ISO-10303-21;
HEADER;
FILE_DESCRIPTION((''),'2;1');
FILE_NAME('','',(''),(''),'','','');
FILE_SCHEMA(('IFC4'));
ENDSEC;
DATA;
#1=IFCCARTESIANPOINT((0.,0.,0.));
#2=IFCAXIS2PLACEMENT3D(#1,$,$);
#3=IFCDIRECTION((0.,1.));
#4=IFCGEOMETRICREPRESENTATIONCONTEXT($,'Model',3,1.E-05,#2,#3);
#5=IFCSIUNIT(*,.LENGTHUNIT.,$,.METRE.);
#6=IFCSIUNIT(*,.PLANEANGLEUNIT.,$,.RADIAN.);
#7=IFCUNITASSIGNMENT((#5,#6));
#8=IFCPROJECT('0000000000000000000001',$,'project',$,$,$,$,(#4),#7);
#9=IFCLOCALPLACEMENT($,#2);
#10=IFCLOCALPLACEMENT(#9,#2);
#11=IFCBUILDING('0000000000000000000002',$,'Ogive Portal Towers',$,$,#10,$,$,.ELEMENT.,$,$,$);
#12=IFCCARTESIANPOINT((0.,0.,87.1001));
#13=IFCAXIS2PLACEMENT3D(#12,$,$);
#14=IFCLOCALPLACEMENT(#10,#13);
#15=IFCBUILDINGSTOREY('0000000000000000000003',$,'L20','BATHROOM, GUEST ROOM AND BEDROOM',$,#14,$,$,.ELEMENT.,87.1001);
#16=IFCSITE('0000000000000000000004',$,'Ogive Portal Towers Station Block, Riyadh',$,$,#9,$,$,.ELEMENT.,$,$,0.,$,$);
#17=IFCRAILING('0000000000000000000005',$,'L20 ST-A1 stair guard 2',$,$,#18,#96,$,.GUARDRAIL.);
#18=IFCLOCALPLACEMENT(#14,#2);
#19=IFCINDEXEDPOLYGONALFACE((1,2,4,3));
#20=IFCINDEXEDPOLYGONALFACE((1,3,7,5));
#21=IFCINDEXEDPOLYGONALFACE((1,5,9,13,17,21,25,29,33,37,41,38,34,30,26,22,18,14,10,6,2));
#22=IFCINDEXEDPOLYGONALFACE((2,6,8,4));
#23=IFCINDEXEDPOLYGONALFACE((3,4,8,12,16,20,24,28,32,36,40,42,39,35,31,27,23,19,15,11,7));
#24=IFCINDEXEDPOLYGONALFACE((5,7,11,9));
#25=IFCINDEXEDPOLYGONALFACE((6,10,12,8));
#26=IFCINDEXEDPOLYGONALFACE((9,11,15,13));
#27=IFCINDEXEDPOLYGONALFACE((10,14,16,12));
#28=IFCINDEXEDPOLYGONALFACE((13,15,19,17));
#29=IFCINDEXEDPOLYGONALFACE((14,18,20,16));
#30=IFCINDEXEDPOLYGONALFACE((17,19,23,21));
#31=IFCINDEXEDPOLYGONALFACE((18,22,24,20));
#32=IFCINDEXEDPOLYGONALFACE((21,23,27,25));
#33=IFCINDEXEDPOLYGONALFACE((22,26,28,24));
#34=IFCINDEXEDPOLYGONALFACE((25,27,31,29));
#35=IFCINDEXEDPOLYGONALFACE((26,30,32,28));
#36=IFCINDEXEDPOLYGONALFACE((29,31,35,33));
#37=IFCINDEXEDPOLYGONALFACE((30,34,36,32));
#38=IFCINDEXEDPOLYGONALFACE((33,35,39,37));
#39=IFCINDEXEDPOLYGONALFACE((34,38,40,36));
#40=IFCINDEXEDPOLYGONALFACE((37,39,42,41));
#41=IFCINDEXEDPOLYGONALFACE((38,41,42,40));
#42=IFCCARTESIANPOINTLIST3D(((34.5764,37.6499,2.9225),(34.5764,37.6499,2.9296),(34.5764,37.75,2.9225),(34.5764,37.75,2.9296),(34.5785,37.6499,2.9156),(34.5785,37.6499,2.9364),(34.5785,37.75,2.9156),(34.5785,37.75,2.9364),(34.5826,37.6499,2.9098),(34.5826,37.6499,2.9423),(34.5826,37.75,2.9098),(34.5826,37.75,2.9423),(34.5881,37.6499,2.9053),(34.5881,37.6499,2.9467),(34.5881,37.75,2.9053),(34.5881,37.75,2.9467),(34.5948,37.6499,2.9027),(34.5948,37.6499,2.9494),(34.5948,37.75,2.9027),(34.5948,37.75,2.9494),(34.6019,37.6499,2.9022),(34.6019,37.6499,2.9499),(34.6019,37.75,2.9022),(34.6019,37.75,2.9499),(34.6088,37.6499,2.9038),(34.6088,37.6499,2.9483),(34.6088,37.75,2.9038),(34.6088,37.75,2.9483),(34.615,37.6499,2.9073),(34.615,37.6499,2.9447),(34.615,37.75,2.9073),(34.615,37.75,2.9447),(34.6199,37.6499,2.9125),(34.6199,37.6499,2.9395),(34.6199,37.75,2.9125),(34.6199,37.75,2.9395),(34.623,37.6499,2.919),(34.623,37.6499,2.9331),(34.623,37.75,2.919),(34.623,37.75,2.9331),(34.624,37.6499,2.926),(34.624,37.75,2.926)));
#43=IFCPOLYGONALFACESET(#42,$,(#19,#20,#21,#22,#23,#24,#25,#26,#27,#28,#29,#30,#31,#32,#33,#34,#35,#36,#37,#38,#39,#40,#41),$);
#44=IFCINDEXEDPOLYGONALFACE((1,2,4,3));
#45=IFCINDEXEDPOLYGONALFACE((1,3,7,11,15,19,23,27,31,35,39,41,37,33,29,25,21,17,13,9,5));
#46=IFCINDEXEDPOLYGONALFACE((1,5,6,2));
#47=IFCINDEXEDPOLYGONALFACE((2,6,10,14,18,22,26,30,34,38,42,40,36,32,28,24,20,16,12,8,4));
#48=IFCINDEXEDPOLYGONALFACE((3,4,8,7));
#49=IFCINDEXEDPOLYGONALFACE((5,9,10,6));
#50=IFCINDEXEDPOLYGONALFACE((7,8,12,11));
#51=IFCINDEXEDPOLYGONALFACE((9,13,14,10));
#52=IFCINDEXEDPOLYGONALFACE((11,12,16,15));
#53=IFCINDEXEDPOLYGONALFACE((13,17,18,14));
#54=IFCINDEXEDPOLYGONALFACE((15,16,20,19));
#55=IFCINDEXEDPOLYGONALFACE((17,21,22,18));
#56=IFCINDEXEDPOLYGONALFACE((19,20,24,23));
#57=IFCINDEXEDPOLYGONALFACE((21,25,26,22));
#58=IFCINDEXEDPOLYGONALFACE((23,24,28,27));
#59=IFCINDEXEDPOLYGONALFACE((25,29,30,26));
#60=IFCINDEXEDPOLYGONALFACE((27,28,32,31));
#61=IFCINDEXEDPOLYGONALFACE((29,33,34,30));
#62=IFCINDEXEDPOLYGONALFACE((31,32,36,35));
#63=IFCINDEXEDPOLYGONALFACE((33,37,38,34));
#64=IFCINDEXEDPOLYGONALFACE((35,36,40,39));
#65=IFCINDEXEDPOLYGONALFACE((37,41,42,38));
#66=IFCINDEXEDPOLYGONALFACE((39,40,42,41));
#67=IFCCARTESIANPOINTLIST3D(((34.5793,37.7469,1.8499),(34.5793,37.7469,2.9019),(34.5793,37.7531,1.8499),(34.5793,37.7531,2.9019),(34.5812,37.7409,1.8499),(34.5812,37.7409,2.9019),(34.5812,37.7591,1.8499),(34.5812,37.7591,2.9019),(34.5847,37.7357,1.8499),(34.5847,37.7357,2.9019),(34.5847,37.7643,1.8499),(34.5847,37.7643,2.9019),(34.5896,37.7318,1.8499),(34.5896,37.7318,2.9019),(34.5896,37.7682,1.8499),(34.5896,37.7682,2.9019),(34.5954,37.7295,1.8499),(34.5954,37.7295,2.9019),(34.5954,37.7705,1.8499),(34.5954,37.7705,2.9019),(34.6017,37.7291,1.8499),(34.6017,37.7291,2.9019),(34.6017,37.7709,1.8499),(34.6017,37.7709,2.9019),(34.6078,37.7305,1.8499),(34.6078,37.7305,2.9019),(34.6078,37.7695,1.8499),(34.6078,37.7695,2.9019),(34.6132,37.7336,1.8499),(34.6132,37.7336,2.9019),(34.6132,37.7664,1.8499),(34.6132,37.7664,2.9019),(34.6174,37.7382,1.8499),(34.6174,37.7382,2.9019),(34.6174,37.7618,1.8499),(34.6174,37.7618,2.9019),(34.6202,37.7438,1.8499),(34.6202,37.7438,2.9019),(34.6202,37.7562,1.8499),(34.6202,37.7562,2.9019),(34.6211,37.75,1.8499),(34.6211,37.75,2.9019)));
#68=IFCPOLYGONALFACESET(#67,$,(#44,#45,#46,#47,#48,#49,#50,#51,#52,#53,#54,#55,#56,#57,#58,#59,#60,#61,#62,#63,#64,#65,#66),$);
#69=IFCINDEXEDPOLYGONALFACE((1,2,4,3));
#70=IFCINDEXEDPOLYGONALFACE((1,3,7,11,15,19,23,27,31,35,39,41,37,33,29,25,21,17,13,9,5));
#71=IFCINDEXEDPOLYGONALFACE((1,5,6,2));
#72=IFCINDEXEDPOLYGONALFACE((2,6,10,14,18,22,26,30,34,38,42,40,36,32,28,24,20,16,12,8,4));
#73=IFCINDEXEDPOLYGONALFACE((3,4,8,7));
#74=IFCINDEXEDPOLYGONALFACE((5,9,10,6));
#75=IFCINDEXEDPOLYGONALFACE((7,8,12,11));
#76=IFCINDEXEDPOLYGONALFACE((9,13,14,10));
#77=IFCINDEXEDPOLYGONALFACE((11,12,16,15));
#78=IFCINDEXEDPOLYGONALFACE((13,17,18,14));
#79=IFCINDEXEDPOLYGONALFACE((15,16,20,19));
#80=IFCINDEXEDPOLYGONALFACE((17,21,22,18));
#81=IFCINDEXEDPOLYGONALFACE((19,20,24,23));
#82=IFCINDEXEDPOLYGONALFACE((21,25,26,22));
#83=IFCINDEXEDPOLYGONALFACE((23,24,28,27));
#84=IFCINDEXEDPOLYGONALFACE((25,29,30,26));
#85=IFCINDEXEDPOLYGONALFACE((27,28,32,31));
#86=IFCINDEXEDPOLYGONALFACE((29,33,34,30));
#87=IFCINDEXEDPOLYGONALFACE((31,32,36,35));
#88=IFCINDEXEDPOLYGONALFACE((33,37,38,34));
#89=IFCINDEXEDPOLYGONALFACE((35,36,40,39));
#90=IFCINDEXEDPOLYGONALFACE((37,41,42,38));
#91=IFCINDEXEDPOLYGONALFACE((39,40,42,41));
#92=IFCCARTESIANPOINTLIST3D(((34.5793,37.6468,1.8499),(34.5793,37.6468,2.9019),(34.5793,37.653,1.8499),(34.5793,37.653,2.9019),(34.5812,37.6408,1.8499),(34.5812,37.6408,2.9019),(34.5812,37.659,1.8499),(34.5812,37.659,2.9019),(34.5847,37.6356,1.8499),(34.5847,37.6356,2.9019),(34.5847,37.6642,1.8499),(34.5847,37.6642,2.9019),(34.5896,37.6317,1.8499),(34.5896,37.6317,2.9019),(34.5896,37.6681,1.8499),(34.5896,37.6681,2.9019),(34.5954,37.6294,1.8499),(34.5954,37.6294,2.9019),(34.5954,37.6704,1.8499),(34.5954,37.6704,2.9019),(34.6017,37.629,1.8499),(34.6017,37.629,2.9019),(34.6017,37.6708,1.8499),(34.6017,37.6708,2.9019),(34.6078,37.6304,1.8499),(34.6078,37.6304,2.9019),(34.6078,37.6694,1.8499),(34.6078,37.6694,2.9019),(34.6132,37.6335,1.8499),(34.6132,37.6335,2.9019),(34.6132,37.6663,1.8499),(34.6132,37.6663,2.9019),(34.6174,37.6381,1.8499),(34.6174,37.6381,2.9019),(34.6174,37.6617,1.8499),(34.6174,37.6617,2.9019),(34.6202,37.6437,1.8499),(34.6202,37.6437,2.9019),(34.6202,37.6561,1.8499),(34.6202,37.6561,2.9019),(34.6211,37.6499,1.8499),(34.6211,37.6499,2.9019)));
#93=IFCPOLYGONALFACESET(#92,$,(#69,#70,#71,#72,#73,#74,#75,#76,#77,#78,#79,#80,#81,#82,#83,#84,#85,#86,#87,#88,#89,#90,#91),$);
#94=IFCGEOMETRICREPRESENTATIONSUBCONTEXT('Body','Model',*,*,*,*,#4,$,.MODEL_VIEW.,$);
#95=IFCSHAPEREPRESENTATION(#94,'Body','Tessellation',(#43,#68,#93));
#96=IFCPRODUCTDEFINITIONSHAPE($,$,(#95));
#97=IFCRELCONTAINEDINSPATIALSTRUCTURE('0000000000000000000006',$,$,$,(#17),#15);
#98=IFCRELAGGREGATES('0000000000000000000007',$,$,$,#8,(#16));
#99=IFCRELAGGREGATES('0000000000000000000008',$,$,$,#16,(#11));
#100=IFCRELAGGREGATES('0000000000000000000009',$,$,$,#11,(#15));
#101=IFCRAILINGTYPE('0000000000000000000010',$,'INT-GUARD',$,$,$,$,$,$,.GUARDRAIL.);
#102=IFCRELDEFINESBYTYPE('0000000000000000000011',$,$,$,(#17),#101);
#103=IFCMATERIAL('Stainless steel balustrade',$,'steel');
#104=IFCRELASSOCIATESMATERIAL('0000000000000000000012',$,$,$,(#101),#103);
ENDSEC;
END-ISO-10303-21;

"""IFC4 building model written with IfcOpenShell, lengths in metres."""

from ifc_helpers import new_model, si_unit, direction, frame, origin, origin_2d, place, context, subcontext, project, spatial, circle, extrude, material, type_object, element, save


model = new_model("IFC4")

# Units and contexts
model_context = context("Model", 3, precision=1e-05, world=origin(), true_north=direction((0.0, 1.0)))
body_context = subcontext(model_context, "Body", "Model", "MODEL_VIEW")
ifc_project = project(units=[si_unit("LENGTHUNIT", "METRE"), si_unit("PLANEANGLEUNIT", "RADIAN")], contexts=[model_context])

# Site, building, storey
site_placement = place(None, origin())
site = spatial("IfcSite", under=ifc_project, at=site_placement, Name="Ogive Portal Towers Station Block, Riyadh", CompositionType="ELEMENT", RefElevation=0.0)
building_placement = place(site_placement, origin())
building = spatial("IfcBuilding", under=site, at=building_placement, Name="Ogive Portal Towers", CompositionType="ELEMENT")
storey_placement = place(building_placement, frame((0.0, 0.0, 87.1001)))
storey = spatial("IfcBuildingStorey", under=building, at=storey_placement, Name="L20", Description="BATHROOM, GUEST ROOM AND BEDROOM", CompositionType="ELEMENT", Elevation=87.1001)

# Railing
ifc_material_1 = material(Name="Stainless steel balustrade", Category="steel")
railing_type_1 = type_object("IfcRailingType", Name="INT-GUARD", PredefinedType="GUARDRAIL", material=ifc_material_1)
railing_1_placement = place(storey_placement, frame((34.6001, 37.75, 1.8499)))
element("IfcRailing", 1, at=railing_1_placement, inside=storey, type_object=railing_type_1, Name="L20 ST-A1 stair guard 2", PredefinedType="GUARDRAIL", context=body_context, shape_type="SweptSolid", body=[
    extrude(circle(Radius=0.0239, at=origin_2d()), frame((0.0, 0.0, 1.0762), z_axis=(0.0, -1.0, 0.0), x_axis=(1.0, 0.0, 0.0)), (0.0, 0.0, 1.0), 0.1001),
    extrude(circle(Radius=0.021, at=origin_2d()), origin(), (0.0, 0.0, 1.0), 1.052),
    extrude(circle(Radius=0.021, at=origin_2d()), frame((0.0, -0.1001, 0.0)), (0.0, 0.0, 1.0), 1.052),
])

save(model, "model.ifc")
